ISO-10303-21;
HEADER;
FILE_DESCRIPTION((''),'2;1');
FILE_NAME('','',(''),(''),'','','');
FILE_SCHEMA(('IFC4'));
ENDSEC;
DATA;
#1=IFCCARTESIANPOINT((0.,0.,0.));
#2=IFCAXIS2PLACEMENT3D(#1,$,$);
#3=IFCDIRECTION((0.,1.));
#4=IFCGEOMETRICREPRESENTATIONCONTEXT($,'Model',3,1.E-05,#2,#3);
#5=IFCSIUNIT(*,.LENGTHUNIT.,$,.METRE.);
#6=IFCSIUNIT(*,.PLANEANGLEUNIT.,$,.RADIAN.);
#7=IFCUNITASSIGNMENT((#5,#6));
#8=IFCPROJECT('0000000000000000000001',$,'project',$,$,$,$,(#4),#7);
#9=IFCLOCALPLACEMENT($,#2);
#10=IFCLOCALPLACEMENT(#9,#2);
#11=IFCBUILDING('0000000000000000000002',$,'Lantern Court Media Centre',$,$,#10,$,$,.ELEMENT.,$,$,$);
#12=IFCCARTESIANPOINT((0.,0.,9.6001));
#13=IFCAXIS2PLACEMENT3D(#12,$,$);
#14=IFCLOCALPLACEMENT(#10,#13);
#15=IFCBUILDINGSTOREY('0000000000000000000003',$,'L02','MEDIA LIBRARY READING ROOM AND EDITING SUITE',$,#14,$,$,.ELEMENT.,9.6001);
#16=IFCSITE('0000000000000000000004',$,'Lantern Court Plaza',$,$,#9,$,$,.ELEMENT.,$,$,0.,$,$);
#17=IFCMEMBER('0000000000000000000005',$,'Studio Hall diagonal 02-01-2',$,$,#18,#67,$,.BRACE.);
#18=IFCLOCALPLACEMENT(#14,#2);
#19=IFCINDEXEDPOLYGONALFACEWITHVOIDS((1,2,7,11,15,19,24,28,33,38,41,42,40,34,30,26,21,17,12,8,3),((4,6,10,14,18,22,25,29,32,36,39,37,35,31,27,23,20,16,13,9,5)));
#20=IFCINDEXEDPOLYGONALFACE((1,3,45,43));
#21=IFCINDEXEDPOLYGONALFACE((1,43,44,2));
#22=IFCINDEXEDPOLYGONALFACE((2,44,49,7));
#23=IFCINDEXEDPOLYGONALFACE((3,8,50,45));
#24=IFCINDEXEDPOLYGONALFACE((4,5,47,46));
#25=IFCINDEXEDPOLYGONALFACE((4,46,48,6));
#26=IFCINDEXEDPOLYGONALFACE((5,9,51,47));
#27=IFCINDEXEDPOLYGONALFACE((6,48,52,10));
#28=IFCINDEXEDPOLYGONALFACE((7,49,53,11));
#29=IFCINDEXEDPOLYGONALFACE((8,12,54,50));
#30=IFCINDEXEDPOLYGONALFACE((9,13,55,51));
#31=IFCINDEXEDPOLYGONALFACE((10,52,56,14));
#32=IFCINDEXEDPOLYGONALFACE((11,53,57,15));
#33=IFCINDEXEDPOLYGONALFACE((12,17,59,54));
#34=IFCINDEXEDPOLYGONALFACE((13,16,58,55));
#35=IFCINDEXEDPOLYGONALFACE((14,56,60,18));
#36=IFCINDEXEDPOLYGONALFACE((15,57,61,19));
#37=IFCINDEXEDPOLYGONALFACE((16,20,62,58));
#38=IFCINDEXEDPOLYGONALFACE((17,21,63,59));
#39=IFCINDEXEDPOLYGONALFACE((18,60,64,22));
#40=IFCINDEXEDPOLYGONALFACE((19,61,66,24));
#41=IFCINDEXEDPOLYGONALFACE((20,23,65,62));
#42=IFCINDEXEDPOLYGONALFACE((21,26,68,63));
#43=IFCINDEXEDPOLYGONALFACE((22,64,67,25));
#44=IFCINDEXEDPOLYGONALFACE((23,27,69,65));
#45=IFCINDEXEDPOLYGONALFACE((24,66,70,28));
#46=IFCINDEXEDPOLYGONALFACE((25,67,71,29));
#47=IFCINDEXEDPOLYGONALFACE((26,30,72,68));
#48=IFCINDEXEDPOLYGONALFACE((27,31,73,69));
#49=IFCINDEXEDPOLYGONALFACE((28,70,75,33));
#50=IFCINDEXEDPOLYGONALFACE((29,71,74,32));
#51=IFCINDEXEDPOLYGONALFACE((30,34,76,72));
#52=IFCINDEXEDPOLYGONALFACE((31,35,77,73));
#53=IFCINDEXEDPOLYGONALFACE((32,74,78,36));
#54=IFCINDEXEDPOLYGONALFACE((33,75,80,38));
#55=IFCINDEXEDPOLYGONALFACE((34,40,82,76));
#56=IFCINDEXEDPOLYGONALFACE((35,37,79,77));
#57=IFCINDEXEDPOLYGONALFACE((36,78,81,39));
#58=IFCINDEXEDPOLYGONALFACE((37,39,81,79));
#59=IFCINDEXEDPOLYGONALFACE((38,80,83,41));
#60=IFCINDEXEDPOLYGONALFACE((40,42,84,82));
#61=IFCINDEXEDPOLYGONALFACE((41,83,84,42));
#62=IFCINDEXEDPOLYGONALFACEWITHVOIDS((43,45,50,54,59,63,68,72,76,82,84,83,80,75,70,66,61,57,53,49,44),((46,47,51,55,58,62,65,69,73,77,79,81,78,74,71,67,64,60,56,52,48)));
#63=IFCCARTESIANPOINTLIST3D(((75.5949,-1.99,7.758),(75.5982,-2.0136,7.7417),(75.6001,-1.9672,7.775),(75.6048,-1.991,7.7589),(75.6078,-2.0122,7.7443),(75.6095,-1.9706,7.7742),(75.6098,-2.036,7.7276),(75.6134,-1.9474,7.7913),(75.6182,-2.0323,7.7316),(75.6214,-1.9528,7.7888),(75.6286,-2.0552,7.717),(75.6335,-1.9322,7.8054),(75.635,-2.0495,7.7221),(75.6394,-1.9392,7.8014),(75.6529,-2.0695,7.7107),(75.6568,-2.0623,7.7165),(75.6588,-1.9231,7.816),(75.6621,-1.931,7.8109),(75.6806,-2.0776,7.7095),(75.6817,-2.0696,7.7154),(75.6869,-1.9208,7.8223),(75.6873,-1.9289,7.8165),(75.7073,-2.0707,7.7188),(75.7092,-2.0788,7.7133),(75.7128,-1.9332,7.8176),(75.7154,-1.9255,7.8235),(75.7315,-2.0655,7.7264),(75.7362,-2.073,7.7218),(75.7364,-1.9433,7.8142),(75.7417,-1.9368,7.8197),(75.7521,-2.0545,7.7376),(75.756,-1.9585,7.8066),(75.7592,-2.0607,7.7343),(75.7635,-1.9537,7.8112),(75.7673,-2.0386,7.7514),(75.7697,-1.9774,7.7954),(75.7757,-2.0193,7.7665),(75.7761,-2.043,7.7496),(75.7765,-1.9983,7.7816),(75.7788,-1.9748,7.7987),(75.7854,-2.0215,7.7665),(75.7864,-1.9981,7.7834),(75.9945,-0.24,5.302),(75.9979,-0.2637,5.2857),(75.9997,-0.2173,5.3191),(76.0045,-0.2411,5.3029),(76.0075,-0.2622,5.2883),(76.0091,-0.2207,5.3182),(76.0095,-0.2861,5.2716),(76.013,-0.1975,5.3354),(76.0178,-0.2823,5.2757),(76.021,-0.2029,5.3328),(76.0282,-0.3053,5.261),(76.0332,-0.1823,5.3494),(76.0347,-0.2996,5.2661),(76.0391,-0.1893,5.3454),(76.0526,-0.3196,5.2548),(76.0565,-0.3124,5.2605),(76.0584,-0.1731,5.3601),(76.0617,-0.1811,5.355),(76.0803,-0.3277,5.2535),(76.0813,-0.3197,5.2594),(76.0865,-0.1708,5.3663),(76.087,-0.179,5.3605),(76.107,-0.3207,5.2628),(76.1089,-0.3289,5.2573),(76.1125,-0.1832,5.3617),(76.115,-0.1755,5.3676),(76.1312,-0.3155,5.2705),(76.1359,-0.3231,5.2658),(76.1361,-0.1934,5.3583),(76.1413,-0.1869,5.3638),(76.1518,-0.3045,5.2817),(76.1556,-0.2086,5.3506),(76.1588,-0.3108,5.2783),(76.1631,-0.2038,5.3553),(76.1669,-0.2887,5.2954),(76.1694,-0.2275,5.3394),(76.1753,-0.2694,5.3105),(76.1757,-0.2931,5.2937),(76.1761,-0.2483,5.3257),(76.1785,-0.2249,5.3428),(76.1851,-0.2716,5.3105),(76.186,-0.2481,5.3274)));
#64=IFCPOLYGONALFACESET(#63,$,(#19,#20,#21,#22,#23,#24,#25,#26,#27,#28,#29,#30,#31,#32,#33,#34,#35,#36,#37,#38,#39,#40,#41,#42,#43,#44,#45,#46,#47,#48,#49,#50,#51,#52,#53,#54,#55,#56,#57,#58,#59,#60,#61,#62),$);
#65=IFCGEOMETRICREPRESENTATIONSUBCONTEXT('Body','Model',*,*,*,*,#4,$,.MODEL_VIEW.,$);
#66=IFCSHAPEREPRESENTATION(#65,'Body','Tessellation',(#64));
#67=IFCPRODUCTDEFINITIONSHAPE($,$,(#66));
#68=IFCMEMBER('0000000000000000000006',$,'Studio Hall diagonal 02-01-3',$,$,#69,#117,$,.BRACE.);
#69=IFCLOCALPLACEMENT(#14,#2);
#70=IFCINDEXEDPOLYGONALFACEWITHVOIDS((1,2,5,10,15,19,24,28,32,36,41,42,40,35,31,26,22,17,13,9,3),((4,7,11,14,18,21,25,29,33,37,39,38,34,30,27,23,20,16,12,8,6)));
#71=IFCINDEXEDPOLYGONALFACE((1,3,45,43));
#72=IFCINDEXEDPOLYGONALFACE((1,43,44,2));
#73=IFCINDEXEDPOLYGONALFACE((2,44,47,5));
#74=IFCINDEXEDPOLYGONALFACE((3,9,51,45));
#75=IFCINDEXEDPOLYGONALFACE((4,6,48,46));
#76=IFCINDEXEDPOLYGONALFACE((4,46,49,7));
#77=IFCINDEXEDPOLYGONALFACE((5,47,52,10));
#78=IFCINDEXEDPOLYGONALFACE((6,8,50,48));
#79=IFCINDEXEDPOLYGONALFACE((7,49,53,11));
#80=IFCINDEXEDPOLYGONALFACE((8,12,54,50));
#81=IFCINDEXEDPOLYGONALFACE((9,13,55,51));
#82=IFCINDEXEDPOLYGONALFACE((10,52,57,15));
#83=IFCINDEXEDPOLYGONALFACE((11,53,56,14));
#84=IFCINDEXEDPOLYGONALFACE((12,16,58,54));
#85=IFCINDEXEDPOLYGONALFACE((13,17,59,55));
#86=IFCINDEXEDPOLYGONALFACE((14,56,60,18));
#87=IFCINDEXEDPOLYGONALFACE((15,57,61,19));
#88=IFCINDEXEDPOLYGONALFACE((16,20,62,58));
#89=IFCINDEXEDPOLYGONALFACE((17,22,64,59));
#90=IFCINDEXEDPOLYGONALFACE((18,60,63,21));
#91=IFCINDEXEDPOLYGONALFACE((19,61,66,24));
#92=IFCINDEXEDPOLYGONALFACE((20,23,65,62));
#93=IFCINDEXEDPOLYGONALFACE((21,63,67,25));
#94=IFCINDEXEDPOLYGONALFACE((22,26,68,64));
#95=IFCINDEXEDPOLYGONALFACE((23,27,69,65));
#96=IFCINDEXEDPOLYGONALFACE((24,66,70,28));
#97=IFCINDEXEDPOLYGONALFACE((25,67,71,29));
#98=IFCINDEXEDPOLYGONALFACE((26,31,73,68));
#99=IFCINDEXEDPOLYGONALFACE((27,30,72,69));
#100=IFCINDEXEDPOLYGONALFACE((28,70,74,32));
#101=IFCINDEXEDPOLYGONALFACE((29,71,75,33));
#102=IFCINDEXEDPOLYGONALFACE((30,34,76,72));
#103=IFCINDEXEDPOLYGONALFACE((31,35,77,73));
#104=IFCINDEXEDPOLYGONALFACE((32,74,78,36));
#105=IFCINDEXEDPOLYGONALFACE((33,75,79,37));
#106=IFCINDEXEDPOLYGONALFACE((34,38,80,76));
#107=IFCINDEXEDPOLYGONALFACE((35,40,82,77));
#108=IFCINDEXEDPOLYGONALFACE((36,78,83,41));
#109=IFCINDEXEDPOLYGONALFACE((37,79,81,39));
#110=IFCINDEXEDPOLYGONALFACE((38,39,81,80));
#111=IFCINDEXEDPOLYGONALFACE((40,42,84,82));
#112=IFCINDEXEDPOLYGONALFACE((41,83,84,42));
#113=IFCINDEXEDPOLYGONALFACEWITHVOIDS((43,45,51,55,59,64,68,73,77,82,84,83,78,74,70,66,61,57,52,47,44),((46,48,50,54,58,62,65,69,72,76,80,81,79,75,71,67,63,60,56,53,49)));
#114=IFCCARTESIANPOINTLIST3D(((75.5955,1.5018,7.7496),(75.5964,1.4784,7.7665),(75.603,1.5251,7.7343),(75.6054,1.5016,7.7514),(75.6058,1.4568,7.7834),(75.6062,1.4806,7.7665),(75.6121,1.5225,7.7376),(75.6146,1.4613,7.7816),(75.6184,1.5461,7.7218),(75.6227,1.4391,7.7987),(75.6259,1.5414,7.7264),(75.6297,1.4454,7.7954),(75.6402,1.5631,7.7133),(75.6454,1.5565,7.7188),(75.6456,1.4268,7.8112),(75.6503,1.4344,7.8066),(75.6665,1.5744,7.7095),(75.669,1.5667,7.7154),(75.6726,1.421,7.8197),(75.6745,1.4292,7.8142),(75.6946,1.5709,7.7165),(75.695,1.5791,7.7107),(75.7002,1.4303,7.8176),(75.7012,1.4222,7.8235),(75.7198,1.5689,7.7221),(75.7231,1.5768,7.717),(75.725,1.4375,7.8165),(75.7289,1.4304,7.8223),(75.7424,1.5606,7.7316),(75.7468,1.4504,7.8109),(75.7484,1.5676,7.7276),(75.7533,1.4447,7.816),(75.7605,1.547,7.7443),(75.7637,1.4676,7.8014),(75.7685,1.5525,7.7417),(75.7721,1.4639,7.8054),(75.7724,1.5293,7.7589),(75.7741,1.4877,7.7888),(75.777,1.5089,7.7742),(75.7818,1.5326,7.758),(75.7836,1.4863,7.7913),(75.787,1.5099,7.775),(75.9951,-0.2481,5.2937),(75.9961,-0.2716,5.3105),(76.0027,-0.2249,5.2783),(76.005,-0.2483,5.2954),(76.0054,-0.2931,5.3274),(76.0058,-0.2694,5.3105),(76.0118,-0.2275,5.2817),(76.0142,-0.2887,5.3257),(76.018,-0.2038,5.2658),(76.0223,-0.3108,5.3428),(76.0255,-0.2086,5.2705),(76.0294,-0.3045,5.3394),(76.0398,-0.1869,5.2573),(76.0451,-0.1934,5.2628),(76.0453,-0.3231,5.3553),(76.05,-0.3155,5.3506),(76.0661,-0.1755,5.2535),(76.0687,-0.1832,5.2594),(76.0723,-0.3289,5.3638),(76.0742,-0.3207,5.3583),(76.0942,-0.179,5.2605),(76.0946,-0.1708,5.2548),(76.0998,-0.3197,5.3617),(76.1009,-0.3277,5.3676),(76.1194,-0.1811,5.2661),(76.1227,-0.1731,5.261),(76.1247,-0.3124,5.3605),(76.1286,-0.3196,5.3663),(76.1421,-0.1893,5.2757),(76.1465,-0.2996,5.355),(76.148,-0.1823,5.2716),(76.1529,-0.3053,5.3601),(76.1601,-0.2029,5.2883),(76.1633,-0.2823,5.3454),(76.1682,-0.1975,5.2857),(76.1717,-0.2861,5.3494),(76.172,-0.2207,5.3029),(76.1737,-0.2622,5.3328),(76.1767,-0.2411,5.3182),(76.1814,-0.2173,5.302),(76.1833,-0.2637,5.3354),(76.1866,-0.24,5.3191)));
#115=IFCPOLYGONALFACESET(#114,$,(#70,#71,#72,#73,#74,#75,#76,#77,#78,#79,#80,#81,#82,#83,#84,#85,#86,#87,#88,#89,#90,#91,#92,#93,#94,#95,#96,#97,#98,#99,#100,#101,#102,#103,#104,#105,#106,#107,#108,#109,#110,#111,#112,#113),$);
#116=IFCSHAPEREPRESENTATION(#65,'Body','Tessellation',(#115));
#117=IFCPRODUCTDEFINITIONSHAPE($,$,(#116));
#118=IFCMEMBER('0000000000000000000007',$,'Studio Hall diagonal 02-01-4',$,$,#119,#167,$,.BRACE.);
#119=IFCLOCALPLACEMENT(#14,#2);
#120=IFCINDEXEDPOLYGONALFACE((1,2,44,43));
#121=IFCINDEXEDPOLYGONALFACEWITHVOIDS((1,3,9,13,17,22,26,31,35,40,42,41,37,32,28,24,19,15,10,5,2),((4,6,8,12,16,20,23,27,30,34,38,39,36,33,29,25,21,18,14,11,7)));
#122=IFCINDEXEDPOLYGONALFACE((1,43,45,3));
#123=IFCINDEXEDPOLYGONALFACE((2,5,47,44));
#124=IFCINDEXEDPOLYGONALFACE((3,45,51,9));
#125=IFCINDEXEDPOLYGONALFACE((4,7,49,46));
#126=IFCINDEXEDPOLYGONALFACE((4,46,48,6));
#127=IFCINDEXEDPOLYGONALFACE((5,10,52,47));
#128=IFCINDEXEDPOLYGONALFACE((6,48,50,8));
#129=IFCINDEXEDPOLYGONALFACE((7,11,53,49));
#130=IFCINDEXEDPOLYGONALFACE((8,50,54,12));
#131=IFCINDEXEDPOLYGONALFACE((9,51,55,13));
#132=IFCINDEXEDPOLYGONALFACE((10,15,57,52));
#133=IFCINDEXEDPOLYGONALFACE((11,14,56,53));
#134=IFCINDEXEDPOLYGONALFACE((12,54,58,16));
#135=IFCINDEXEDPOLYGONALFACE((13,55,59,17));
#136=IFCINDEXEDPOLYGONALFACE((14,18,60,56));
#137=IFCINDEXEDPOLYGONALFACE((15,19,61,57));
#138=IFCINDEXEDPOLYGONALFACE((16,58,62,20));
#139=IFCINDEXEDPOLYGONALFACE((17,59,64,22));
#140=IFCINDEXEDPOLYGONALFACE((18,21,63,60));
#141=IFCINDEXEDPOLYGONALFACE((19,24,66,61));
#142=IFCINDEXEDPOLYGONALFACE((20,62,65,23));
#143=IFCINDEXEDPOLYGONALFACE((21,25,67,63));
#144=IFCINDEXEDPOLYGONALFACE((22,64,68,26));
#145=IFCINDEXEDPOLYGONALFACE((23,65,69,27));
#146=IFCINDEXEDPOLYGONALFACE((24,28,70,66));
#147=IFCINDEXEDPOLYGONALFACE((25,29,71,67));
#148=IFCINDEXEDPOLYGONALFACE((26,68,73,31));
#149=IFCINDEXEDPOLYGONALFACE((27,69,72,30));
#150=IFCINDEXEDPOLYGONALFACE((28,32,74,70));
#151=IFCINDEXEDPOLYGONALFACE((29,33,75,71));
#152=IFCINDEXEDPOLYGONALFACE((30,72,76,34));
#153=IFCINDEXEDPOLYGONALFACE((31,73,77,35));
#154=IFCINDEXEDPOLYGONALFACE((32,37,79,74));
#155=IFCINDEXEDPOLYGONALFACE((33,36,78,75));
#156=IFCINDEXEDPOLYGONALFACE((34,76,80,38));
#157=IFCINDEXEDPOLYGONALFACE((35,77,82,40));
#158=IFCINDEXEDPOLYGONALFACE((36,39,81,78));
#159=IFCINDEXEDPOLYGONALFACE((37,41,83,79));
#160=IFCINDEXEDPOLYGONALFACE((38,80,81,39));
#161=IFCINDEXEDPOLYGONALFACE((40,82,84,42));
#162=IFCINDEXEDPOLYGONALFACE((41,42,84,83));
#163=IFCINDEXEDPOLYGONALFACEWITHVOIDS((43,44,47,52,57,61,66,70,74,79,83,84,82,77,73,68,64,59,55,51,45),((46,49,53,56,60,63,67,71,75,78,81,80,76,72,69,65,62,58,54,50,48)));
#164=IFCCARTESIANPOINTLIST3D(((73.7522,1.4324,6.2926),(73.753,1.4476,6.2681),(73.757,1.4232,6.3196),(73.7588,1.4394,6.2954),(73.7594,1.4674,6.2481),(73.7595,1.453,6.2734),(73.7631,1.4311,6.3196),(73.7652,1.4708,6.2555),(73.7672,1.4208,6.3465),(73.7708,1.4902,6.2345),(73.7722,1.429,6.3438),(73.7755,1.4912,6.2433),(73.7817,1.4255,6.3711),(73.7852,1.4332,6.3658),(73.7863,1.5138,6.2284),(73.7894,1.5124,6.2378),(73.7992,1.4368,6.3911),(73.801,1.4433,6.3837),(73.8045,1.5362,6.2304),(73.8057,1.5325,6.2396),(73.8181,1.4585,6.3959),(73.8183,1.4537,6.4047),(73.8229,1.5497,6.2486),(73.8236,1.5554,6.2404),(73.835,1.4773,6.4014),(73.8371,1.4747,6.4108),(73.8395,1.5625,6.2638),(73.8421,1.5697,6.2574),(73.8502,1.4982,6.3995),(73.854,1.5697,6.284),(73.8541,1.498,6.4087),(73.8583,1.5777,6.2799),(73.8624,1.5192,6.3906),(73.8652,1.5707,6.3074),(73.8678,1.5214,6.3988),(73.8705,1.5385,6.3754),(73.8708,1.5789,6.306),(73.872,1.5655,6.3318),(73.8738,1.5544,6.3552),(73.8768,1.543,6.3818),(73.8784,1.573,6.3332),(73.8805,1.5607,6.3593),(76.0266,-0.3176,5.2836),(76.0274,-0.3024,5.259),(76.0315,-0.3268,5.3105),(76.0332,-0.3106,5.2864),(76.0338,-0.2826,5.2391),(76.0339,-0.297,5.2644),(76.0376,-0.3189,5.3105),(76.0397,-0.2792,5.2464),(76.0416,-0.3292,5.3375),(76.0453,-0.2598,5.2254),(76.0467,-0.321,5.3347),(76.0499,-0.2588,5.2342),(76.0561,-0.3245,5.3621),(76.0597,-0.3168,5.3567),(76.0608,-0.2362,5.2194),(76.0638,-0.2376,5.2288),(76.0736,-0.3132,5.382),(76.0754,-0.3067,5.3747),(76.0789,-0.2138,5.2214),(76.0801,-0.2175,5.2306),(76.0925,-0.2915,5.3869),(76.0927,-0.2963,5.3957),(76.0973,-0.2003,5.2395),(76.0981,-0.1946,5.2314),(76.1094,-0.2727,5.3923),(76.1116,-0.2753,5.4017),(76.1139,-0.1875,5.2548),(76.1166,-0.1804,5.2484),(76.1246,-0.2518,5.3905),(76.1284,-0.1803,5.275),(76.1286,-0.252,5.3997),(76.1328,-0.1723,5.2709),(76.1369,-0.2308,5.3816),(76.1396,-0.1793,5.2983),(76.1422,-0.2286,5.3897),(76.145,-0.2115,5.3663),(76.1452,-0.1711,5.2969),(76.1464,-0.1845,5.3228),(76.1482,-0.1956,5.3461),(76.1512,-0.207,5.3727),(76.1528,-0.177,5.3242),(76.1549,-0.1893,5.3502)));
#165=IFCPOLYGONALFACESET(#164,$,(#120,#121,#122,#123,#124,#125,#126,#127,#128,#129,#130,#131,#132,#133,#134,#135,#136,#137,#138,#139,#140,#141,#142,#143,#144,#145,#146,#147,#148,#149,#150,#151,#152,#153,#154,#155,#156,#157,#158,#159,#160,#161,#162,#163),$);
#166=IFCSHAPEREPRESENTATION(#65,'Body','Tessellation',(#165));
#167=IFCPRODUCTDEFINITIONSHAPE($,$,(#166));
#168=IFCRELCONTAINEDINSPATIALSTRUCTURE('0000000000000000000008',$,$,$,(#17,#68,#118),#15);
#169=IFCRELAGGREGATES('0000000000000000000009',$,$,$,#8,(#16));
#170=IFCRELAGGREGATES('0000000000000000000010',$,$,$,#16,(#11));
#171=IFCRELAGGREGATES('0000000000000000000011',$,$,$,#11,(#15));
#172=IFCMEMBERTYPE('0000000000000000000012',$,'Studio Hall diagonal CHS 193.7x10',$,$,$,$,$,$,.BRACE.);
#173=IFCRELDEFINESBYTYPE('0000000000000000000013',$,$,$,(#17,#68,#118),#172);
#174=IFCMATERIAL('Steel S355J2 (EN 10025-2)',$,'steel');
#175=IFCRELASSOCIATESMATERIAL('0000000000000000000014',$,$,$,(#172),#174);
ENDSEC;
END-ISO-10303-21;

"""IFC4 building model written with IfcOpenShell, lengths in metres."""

from ifc_helpers import new_model, si_unit, direction, frame, origin, origin_2d, place, context, subcontext, project, spatial, hollow_circle, extrude, material, material_profile, profile_set, type_object, element, save


model = new_model("IFC4")

# Units and contexts
model_context = context("Model", 3, precision=1e-05, world=origin(), true_north=direction((0.0, 1.0)))
body_context = subcontext(model_context, "Body", "Model", "MODEL_VIEW")
ifc_project = project(units=[si_unit("LENGTHUNIT", "METRE"), si_unit("PLANEANGLEUNIT", "RADIAN")], contexts=[model_context])

# Site, building, storey
site_placement = place(None, origin())
site = spatial("IfcSite", under=ifc_project, at=site_placement, Name="Lantern Court Plaza", CompositionType="ELEMENT", RefElevation=0.0)
building_placement = place(site_placement, origin())
building = spatial("IfcBuilding", under=site, at=building_placement, Name="Lantern Court Media Centre", CompositionType="ELEMENT")
storey_placement = place(building_placement, frame((0.0, 0.0, 9.6001)))
storey = spatial("IfcBuildingStorey", under=building, at=storey_placement, Name="L02", Description="MEDIA LIBRARY READING ROOM AND EDITING SUITE", CompositionType="ELEMENT", Elevation=9.6001)

# Members
ifc_material_1 = material(Name="Steel S355J2 (EN 10025-2)", Category="steel")
ifc_material_profile_1 = material_profile(ifc_material_1, hollow_circle(Radius=0.0969, WallThickness=0.01, at=origin_2d()), Name="Studio Hall diagonal CHS 193.7x10")
ifc_profile_set_1 = profile_set([ifc_material_profile_1], Name="Steel S355J2 (EN 10025-2)")
member_type_1 = type_object("IfcMemberType", Name="Studio Hall diagonal CHS 193.7x10", PredefinedType="BRACE", material=ifc_profile_set_1)
for number, where, z_axis, x_axis, name in (
    (1, (76.0906, -0.25, 5.3105), (-0.131375, -0.575259, 0.807352), (0.9749, -0.222644, 0.0), "Studio Hall diagonal 02-01-2"),
    (2, (76.0906, -0.25, 5.3105), (-0.131375, 0.575259, 0.807352), (-0.9749, -0.222644, 0.0), "Studio Hall diagonal 02-01-3"),
    (3, (76.0906, -0.25, 5.3105), (-0.747677, 0.575284, 0.331703), (-0.609809, -0.792548, 0.0), "Studio Hall diagonal 02-01-4"),
):
    element("IfcMember", number, at=place(storey_placement, frame(where, z_axis=z_axis, x_axis=x_axis)), inside=storey, type_object=member_type_1, Name=name, PredefinedType="BRACE", context=body_context, shape_type="SweptSolid", body=[
        extrude(hollow_circle(Radius=0.0969, WallThickness=0.01, at=origin_2d()), origin(), (0.0, 0.0, 1.0), 3.042),
    ])

save(model, "model.ifc")
